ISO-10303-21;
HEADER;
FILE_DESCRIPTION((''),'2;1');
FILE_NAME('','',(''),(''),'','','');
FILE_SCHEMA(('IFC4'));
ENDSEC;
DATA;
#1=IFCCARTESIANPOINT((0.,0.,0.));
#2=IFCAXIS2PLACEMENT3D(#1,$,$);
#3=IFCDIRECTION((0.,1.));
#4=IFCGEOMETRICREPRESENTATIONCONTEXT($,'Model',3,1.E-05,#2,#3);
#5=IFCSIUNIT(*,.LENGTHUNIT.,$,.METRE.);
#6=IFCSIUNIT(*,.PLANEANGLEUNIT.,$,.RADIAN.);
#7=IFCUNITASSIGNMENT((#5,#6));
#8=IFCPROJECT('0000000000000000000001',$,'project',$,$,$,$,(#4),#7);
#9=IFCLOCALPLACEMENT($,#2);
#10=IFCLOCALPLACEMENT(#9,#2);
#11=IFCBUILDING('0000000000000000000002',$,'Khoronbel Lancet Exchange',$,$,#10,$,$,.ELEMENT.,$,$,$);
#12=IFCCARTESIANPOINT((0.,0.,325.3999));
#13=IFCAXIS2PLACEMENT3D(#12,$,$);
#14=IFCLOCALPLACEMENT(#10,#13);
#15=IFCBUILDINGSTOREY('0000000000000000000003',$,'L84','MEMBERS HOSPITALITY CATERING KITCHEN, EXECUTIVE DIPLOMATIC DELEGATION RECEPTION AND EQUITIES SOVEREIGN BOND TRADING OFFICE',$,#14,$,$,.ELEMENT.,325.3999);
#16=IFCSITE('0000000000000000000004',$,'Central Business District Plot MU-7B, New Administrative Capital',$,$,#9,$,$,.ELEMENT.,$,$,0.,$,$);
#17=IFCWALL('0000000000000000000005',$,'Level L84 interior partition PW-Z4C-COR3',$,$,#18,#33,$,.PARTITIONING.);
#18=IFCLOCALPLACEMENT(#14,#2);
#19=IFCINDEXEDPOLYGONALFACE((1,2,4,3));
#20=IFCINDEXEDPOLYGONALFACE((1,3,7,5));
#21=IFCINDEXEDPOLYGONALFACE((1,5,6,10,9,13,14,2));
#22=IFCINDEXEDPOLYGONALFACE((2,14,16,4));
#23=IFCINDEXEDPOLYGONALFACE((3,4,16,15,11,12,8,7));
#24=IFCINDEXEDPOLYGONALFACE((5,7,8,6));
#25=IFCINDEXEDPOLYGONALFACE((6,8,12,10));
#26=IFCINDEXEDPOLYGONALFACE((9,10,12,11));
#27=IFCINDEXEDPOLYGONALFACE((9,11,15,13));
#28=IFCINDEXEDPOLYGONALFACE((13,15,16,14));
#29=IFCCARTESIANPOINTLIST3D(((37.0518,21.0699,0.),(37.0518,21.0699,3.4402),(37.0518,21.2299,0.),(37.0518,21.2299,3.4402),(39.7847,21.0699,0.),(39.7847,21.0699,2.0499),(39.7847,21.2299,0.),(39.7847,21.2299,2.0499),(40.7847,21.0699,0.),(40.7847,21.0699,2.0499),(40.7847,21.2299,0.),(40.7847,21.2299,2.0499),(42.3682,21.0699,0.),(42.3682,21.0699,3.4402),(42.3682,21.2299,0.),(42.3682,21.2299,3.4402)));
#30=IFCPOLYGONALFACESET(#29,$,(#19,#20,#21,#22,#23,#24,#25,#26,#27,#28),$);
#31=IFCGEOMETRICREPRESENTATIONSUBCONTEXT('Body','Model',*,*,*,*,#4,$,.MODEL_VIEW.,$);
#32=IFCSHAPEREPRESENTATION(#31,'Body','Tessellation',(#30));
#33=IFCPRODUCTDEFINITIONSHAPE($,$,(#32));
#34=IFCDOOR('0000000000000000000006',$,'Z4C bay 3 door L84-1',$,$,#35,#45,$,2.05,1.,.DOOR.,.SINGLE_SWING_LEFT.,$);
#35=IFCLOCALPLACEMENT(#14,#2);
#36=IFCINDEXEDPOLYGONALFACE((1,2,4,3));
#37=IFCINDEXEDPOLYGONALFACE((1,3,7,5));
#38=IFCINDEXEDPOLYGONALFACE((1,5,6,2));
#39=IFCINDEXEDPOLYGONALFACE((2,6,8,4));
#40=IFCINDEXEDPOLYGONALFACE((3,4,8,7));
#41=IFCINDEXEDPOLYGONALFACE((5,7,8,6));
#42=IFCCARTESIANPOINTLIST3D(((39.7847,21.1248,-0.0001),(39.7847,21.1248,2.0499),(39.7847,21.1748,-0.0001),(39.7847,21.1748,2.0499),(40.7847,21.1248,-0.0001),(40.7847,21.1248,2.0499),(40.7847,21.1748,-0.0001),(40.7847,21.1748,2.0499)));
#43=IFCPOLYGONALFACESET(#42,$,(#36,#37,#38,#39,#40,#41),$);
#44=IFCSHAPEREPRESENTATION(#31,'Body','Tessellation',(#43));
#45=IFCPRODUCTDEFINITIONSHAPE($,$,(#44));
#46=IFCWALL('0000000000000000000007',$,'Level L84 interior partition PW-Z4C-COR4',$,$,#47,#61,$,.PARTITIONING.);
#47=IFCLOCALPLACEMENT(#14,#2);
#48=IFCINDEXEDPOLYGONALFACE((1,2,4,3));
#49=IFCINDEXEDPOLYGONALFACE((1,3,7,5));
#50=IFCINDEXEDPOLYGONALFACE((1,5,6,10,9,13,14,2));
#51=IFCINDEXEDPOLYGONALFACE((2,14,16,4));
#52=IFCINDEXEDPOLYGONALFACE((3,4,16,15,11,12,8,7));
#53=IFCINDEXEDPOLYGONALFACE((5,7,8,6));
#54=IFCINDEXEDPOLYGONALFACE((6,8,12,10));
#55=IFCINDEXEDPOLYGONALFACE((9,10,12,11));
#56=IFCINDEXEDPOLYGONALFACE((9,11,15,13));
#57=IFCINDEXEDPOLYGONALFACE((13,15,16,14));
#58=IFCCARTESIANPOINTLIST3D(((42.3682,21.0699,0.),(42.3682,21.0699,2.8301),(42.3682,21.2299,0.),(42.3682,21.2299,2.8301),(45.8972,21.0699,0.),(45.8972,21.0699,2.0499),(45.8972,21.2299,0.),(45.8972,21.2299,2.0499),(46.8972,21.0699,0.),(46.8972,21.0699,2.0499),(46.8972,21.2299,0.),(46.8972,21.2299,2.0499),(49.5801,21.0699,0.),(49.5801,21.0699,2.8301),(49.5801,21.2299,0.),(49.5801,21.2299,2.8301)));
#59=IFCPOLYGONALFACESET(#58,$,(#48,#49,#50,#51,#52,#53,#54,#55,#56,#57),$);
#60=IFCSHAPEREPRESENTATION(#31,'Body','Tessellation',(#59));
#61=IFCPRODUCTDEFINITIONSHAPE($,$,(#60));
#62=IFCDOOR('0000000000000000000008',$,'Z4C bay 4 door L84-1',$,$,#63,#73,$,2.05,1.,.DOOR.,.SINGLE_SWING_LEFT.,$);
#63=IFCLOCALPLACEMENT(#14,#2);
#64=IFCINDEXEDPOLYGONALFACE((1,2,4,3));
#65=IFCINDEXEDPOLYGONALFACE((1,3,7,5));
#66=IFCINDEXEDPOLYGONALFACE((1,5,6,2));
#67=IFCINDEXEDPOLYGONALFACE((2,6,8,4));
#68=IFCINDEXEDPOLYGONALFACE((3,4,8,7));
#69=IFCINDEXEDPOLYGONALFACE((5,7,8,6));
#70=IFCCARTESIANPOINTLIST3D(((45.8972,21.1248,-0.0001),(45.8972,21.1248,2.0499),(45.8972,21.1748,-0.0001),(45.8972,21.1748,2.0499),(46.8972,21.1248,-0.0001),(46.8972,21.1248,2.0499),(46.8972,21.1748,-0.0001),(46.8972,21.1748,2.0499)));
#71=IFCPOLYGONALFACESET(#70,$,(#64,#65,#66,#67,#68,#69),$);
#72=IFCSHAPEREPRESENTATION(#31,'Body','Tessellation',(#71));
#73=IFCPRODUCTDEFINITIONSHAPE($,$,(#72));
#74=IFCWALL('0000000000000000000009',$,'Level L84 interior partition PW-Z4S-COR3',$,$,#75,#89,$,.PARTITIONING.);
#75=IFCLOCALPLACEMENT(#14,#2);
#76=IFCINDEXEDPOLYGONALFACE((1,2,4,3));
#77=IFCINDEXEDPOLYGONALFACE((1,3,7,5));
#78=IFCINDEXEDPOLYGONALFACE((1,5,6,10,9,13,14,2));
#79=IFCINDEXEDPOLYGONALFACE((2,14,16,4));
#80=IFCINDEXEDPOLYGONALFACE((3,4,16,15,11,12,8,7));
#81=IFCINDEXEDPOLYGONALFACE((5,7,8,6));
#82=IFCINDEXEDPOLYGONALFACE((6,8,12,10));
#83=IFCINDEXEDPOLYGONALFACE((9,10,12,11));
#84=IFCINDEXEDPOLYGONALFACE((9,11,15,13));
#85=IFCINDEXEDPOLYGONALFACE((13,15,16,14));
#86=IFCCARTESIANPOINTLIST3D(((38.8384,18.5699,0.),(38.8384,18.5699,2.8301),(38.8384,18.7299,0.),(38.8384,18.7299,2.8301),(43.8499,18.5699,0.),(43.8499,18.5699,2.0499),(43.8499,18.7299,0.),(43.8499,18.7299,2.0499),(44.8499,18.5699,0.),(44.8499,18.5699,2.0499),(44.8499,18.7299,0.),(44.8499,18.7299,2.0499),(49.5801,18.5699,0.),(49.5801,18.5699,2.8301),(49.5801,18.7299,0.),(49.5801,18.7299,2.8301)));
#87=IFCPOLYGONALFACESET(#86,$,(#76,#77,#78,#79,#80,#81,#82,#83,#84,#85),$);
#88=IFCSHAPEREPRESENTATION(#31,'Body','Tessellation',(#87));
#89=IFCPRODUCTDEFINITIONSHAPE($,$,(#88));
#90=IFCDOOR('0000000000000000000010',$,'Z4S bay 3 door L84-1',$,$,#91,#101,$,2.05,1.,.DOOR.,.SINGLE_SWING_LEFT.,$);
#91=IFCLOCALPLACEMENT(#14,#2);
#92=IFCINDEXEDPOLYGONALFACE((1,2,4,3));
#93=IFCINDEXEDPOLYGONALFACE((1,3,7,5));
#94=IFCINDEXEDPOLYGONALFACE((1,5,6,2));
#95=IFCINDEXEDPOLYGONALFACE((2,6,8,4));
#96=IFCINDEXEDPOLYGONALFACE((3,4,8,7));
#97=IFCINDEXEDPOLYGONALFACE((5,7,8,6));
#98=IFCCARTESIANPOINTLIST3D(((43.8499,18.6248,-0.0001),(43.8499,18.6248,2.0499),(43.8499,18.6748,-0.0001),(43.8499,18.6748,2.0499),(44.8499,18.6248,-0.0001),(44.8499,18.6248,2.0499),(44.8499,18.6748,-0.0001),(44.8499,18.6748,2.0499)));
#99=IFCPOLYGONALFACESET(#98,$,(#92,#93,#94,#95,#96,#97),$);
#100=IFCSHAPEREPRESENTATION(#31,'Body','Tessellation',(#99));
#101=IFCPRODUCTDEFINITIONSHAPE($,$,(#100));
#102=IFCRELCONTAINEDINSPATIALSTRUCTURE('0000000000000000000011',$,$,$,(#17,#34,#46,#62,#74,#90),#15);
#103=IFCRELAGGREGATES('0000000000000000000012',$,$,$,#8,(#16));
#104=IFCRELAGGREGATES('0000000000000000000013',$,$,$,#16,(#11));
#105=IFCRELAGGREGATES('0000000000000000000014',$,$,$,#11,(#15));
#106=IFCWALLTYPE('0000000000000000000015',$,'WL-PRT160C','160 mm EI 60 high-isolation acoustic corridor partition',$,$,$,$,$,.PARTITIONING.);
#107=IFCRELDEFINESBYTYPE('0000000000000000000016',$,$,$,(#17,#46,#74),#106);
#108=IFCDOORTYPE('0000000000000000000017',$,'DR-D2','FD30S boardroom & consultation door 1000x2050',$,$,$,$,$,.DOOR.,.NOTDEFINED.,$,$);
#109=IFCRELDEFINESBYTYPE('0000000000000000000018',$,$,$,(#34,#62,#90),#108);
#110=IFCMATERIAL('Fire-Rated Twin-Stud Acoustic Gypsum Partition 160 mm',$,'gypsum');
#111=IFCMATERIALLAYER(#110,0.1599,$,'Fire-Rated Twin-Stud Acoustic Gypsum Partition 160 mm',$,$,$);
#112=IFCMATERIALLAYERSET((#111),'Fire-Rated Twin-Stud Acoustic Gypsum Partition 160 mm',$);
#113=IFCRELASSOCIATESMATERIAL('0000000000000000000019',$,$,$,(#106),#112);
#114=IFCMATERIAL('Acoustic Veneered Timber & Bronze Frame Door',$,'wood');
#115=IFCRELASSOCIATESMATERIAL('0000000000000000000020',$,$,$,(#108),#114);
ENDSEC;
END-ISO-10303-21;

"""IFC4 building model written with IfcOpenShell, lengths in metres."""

from ifc_helpers import new_model, si_unit, direction, frame, frame_2d, origin, place, context, subcontext, project, spatial, rectangle, extrude, material, layer, layer_set, type_object, element, fill, save


model = new_model("IFC4")

# Units and contexts
model_context = context("Model", 3, precision=1e-05, world=origin(), true_north=direction((0.0, 1.0)))
body_context = subcontext(model_context, "Body", "Model", "MODEL_VIEW")
ifc_project = project(units=[si_unit("LENGTHUNIT", "METRE"), si_unit("PLANEANGLEUNIT", "RADIAN")], contexts=[model_context])

# Site, building, storey
site_placement = place(None, origin())
site = spatial("IfcSite", under=ifc_project, at=site_placement, Name="Central Business District Plot MU-7B, New Administrative Capital", CompositionType="ELEMENT", RefElevation=0.0)
building_placement = place(site_placement, origin())
building = spatial("IfcBuilding", under=site, at=building_placement, Name="Khoronbel Lancet Exchange", CompositionType="ELEMENT")
storey_placement = place(building_placement, frame((0.0, 0.0, 325.3999)))
storey = spatial("IfcBuildingStorey", under=building, at=storey_placement, Name="L84", Description="MEMBERS HOSPITALITY CATERING KITCHEN, EXECUTIVE DIPLOMATIC DELEGATION RECEPTION AND EQUITIES SOVEREIGN BOND TRADING OFFICE", CompositionType="ELEMENT", Elevation=325.3999)

# Walls, openings, doors
ifc_material_1 = material(Name="Fire-Rated Twin-Stud Acoustic Gypsum Partition 160 mm", Category="gypsum")
ifc_layer_1 = layer(ifc_material_1, 0.1599, Name="Fire-Rated Twin-Stud Acoustic Gypsum Partition 160 mm")
ifc_layer_set_1 = layer_set([ifc_layer_1], Name="Fire-Rated Twin-Stud Acoustic Gypsum Partition 160 mm")
wall_type_1 = type_object("IfcWallType", Name="WL-PRT160C", Description="160 mm EI 60 high-isolation acoustic corridor partition", PredefinedType="PARTITIONING", material=ifc_layer_set_1)
wall_1_placement = place(storey_placement, frame((37.0518, 21.1499, 0.0), z_axis=(0.0, 0.0, 1.0), x_axis=(1.0, 0.0, 0.0)))
wall_1 = element("IfcWall", 1, at=wall_1_placement, inside=storey, type_object=wall_type_1, Name="Level L84 interior partition PW-Z4C-COR3", PredefinedType="PARTITIONING", context=body_context, shape_type="SweptSolid", body=[
    extrude(rectangle(XDim=5.3164, YDim=0.1599, at=frame_2d((2.6582, 0.0))), origin(), (0.0, 0.0, 1.0), 3.4402),
])
opening_1_placement = place(wall_1_placement, frame((2.7329, 0.0, 0.0)))
opening_1 = element("IfcOpeningElement", 2, at=opening_1_placement, cuts=wall_1, PredefinedType="OPENING", context=body_context, shape_type="SweptSolid", body=[
    extrude(rectangle(XDim=1.0, YDim=2.05, at=frame_2d((0.5, 1.0249))), frame((0.0, 0.0898, 0.0), z_axis=(0.0, -1.0, 0.0), x_axis=(1.0, 0.0, 0.0)), (0.0, 0.0, 1.0), 0.1799),
])
ifc_material_2 = material(Name="Acoustic Veneered Timber & Bronze Frame Door", Category="wood")
door_type_1 = type_object("IfcDoorType", Name="DR-D2", Description="FD30S boardroom & consultation door 1000x2050", OperationType="NOTDEFINED", PredefinedType="DOOR", material=ifc_material_2)
door_1_placement = place(opening_1_placement, origin())
door_1 = element("IfcDoor", 3, at=door_1_placement, inside=storey, type_object=door_type_1, Name="Z4C bay 3 door L84-1", OperationType="SINGLE_SWING_LEFT", OverallHeight=2.05, OverallWidth=1.0, PredefinedType="DOOR", context=body_context, shape_type="SweptSolid", body=[
    extrude(rectangle(XDim=1.0, YDim=2.05, at=frame_2d((0.5, 1.0249))), frame((0.0, 0.0249, 0.0), z_axis=(0.0, -1.0, 0.0), x_axis=(1.0, 0.0, 0.0)), (0.0, 0.0, 1.0), 0.05),
])
fill(opening_1, door_1)
wall_2_placement = place(storey_placement, frame((42.3682, 21.1499, 0.0), z_axis=(0.0, 0.0, 1.0), x_axis=(1.0, 0.0, 0.0)))
wall_2 = element("IfcWall", 4, at=wall_2_placement, inside=storey, type_object=wall_type_1, Name="Level L84 interior partition PW-Z4C-COR4", PredefinedType="PARTITIONING", context=body_context, shape_type="SweptSolid", body=[
    extrude(rectangle(XDim=7.2119, YDim=0.1599, at=frame_2d((3.606, 0.0))), origin(), (0.0, 0.0, 1.0), 2.8301),
])
opening_2_placement = place(wall_2_placement, frame((3.5291, 0.0, 0.0)))
opening_2 = element("IfcOpeningElement", 5, at=opening_2_placement, cuts=wall_2, PredefinedType="OPENING", context=body_context, shape_type="SweptSolid", body=[
    extrude(rectangle(XDim=1.0, YDim=2.05, at=frame_2d((0.5, 1.0249))), frame((0.0, 0.0898, 0.0), z_axis=(0.0, -1.0, 0.0), x_axis=(1.0, 0.0, 0.0)), (0.0, 0.0, 1.0), 0.1799),
])
door_2_placement = place(opening_2_placement, origin())
door_2 = element("IfcDoor", 6, at=door_2_placement, inside=storey, type_object=door_type_1, Name="Z4C bay 4 door L84-1", OperationType="SINGLE_SWING_LEFT", OverallHeight=2.05, OverallWidth=1.0, PredefinedType="DOOR", context=body_context, shape_type="SweptSolid", body=[
    extrude(rectangle(XDim=1.0, YDim=2.05, at=frame_2d((0.5, 1.0249))), frame((0.0, 0.0249, 0.0), z_axis=(0.0, -1.0, 0.0), x_axis=(1.0, 0.0, 0.0)), (0.0, 0.0, 1.0), 0.05),
])
fill(opening_2, door_2)
wall_3_placement = place(storey_placement, frame((38.8384, 18.6499, 0.0), z_axis=(0.0, 0.0, 1.0), x_axis=(1.0, 0.0, 0.0)))
wall_3 = element("IfcWall", 7, at=wall_3_placement, inside=storey, type_object=wall_type_1, Name="Level L84 interior partition PW-Z4S-COR3", PredefinedType="PARTITIONING", context=body_context, shape_type="SweptSolid", body=[
    extrude(rectangle(XDim=10.7417, YDim=0.1599, at=frame_2d((5.3708, 0.0))), origin(), (0.0, 0.0, 1.0), 2.8301),
])
opening_3_placement = place(wall_3_placement, frame((5.0115, 0.0, 0.0)))
opening_3 = element("IfcOpeningElement", 8, at=opening_3_placement, cuts=wall_3, PredefinedType="OPENING", context=body_context, shape_type="SweptSolid", body=[
    extrude(rectangle(XDim=1.0, YDim=2.05, at=frame_2d((0.5, 1.0249))), frame((0.0, 0.0898, 0.0), z_axis=(0.0, -1.0, 0.0), x_axis=(1.0, 0.0, 0.0)), (0.0, 0.0, 1.0), 0.1799),
])
door_3_placement = place(opening_3_placement, origin())
door_3 = element("IfcDoor", 9, at=door_3_placement, inside=storey, type_object=door_type_1, Name="Z4S bay 3 door L84-1", OperationType="SINGLE_SWING_LEFT", OverallHeight=2.05, OverallWidth=1.0, PredefinedType="DOOR", context=body_context, shape_type="SweptSolid", body=[
    extrude(rectangle(XDim=1.0, YDim=2.05, at=frame_2d((0.5, 1.0249))), frame((0.0, 0.0249, 0.0), z_axis=(0.0, -1.0, 0.0), x_axis=(1.0, 0.0, 0.0)), (0.0, 0.0, 1.0), 0.05),
])
fill(opening_3, door_3)

save(model, "model.ifc")
